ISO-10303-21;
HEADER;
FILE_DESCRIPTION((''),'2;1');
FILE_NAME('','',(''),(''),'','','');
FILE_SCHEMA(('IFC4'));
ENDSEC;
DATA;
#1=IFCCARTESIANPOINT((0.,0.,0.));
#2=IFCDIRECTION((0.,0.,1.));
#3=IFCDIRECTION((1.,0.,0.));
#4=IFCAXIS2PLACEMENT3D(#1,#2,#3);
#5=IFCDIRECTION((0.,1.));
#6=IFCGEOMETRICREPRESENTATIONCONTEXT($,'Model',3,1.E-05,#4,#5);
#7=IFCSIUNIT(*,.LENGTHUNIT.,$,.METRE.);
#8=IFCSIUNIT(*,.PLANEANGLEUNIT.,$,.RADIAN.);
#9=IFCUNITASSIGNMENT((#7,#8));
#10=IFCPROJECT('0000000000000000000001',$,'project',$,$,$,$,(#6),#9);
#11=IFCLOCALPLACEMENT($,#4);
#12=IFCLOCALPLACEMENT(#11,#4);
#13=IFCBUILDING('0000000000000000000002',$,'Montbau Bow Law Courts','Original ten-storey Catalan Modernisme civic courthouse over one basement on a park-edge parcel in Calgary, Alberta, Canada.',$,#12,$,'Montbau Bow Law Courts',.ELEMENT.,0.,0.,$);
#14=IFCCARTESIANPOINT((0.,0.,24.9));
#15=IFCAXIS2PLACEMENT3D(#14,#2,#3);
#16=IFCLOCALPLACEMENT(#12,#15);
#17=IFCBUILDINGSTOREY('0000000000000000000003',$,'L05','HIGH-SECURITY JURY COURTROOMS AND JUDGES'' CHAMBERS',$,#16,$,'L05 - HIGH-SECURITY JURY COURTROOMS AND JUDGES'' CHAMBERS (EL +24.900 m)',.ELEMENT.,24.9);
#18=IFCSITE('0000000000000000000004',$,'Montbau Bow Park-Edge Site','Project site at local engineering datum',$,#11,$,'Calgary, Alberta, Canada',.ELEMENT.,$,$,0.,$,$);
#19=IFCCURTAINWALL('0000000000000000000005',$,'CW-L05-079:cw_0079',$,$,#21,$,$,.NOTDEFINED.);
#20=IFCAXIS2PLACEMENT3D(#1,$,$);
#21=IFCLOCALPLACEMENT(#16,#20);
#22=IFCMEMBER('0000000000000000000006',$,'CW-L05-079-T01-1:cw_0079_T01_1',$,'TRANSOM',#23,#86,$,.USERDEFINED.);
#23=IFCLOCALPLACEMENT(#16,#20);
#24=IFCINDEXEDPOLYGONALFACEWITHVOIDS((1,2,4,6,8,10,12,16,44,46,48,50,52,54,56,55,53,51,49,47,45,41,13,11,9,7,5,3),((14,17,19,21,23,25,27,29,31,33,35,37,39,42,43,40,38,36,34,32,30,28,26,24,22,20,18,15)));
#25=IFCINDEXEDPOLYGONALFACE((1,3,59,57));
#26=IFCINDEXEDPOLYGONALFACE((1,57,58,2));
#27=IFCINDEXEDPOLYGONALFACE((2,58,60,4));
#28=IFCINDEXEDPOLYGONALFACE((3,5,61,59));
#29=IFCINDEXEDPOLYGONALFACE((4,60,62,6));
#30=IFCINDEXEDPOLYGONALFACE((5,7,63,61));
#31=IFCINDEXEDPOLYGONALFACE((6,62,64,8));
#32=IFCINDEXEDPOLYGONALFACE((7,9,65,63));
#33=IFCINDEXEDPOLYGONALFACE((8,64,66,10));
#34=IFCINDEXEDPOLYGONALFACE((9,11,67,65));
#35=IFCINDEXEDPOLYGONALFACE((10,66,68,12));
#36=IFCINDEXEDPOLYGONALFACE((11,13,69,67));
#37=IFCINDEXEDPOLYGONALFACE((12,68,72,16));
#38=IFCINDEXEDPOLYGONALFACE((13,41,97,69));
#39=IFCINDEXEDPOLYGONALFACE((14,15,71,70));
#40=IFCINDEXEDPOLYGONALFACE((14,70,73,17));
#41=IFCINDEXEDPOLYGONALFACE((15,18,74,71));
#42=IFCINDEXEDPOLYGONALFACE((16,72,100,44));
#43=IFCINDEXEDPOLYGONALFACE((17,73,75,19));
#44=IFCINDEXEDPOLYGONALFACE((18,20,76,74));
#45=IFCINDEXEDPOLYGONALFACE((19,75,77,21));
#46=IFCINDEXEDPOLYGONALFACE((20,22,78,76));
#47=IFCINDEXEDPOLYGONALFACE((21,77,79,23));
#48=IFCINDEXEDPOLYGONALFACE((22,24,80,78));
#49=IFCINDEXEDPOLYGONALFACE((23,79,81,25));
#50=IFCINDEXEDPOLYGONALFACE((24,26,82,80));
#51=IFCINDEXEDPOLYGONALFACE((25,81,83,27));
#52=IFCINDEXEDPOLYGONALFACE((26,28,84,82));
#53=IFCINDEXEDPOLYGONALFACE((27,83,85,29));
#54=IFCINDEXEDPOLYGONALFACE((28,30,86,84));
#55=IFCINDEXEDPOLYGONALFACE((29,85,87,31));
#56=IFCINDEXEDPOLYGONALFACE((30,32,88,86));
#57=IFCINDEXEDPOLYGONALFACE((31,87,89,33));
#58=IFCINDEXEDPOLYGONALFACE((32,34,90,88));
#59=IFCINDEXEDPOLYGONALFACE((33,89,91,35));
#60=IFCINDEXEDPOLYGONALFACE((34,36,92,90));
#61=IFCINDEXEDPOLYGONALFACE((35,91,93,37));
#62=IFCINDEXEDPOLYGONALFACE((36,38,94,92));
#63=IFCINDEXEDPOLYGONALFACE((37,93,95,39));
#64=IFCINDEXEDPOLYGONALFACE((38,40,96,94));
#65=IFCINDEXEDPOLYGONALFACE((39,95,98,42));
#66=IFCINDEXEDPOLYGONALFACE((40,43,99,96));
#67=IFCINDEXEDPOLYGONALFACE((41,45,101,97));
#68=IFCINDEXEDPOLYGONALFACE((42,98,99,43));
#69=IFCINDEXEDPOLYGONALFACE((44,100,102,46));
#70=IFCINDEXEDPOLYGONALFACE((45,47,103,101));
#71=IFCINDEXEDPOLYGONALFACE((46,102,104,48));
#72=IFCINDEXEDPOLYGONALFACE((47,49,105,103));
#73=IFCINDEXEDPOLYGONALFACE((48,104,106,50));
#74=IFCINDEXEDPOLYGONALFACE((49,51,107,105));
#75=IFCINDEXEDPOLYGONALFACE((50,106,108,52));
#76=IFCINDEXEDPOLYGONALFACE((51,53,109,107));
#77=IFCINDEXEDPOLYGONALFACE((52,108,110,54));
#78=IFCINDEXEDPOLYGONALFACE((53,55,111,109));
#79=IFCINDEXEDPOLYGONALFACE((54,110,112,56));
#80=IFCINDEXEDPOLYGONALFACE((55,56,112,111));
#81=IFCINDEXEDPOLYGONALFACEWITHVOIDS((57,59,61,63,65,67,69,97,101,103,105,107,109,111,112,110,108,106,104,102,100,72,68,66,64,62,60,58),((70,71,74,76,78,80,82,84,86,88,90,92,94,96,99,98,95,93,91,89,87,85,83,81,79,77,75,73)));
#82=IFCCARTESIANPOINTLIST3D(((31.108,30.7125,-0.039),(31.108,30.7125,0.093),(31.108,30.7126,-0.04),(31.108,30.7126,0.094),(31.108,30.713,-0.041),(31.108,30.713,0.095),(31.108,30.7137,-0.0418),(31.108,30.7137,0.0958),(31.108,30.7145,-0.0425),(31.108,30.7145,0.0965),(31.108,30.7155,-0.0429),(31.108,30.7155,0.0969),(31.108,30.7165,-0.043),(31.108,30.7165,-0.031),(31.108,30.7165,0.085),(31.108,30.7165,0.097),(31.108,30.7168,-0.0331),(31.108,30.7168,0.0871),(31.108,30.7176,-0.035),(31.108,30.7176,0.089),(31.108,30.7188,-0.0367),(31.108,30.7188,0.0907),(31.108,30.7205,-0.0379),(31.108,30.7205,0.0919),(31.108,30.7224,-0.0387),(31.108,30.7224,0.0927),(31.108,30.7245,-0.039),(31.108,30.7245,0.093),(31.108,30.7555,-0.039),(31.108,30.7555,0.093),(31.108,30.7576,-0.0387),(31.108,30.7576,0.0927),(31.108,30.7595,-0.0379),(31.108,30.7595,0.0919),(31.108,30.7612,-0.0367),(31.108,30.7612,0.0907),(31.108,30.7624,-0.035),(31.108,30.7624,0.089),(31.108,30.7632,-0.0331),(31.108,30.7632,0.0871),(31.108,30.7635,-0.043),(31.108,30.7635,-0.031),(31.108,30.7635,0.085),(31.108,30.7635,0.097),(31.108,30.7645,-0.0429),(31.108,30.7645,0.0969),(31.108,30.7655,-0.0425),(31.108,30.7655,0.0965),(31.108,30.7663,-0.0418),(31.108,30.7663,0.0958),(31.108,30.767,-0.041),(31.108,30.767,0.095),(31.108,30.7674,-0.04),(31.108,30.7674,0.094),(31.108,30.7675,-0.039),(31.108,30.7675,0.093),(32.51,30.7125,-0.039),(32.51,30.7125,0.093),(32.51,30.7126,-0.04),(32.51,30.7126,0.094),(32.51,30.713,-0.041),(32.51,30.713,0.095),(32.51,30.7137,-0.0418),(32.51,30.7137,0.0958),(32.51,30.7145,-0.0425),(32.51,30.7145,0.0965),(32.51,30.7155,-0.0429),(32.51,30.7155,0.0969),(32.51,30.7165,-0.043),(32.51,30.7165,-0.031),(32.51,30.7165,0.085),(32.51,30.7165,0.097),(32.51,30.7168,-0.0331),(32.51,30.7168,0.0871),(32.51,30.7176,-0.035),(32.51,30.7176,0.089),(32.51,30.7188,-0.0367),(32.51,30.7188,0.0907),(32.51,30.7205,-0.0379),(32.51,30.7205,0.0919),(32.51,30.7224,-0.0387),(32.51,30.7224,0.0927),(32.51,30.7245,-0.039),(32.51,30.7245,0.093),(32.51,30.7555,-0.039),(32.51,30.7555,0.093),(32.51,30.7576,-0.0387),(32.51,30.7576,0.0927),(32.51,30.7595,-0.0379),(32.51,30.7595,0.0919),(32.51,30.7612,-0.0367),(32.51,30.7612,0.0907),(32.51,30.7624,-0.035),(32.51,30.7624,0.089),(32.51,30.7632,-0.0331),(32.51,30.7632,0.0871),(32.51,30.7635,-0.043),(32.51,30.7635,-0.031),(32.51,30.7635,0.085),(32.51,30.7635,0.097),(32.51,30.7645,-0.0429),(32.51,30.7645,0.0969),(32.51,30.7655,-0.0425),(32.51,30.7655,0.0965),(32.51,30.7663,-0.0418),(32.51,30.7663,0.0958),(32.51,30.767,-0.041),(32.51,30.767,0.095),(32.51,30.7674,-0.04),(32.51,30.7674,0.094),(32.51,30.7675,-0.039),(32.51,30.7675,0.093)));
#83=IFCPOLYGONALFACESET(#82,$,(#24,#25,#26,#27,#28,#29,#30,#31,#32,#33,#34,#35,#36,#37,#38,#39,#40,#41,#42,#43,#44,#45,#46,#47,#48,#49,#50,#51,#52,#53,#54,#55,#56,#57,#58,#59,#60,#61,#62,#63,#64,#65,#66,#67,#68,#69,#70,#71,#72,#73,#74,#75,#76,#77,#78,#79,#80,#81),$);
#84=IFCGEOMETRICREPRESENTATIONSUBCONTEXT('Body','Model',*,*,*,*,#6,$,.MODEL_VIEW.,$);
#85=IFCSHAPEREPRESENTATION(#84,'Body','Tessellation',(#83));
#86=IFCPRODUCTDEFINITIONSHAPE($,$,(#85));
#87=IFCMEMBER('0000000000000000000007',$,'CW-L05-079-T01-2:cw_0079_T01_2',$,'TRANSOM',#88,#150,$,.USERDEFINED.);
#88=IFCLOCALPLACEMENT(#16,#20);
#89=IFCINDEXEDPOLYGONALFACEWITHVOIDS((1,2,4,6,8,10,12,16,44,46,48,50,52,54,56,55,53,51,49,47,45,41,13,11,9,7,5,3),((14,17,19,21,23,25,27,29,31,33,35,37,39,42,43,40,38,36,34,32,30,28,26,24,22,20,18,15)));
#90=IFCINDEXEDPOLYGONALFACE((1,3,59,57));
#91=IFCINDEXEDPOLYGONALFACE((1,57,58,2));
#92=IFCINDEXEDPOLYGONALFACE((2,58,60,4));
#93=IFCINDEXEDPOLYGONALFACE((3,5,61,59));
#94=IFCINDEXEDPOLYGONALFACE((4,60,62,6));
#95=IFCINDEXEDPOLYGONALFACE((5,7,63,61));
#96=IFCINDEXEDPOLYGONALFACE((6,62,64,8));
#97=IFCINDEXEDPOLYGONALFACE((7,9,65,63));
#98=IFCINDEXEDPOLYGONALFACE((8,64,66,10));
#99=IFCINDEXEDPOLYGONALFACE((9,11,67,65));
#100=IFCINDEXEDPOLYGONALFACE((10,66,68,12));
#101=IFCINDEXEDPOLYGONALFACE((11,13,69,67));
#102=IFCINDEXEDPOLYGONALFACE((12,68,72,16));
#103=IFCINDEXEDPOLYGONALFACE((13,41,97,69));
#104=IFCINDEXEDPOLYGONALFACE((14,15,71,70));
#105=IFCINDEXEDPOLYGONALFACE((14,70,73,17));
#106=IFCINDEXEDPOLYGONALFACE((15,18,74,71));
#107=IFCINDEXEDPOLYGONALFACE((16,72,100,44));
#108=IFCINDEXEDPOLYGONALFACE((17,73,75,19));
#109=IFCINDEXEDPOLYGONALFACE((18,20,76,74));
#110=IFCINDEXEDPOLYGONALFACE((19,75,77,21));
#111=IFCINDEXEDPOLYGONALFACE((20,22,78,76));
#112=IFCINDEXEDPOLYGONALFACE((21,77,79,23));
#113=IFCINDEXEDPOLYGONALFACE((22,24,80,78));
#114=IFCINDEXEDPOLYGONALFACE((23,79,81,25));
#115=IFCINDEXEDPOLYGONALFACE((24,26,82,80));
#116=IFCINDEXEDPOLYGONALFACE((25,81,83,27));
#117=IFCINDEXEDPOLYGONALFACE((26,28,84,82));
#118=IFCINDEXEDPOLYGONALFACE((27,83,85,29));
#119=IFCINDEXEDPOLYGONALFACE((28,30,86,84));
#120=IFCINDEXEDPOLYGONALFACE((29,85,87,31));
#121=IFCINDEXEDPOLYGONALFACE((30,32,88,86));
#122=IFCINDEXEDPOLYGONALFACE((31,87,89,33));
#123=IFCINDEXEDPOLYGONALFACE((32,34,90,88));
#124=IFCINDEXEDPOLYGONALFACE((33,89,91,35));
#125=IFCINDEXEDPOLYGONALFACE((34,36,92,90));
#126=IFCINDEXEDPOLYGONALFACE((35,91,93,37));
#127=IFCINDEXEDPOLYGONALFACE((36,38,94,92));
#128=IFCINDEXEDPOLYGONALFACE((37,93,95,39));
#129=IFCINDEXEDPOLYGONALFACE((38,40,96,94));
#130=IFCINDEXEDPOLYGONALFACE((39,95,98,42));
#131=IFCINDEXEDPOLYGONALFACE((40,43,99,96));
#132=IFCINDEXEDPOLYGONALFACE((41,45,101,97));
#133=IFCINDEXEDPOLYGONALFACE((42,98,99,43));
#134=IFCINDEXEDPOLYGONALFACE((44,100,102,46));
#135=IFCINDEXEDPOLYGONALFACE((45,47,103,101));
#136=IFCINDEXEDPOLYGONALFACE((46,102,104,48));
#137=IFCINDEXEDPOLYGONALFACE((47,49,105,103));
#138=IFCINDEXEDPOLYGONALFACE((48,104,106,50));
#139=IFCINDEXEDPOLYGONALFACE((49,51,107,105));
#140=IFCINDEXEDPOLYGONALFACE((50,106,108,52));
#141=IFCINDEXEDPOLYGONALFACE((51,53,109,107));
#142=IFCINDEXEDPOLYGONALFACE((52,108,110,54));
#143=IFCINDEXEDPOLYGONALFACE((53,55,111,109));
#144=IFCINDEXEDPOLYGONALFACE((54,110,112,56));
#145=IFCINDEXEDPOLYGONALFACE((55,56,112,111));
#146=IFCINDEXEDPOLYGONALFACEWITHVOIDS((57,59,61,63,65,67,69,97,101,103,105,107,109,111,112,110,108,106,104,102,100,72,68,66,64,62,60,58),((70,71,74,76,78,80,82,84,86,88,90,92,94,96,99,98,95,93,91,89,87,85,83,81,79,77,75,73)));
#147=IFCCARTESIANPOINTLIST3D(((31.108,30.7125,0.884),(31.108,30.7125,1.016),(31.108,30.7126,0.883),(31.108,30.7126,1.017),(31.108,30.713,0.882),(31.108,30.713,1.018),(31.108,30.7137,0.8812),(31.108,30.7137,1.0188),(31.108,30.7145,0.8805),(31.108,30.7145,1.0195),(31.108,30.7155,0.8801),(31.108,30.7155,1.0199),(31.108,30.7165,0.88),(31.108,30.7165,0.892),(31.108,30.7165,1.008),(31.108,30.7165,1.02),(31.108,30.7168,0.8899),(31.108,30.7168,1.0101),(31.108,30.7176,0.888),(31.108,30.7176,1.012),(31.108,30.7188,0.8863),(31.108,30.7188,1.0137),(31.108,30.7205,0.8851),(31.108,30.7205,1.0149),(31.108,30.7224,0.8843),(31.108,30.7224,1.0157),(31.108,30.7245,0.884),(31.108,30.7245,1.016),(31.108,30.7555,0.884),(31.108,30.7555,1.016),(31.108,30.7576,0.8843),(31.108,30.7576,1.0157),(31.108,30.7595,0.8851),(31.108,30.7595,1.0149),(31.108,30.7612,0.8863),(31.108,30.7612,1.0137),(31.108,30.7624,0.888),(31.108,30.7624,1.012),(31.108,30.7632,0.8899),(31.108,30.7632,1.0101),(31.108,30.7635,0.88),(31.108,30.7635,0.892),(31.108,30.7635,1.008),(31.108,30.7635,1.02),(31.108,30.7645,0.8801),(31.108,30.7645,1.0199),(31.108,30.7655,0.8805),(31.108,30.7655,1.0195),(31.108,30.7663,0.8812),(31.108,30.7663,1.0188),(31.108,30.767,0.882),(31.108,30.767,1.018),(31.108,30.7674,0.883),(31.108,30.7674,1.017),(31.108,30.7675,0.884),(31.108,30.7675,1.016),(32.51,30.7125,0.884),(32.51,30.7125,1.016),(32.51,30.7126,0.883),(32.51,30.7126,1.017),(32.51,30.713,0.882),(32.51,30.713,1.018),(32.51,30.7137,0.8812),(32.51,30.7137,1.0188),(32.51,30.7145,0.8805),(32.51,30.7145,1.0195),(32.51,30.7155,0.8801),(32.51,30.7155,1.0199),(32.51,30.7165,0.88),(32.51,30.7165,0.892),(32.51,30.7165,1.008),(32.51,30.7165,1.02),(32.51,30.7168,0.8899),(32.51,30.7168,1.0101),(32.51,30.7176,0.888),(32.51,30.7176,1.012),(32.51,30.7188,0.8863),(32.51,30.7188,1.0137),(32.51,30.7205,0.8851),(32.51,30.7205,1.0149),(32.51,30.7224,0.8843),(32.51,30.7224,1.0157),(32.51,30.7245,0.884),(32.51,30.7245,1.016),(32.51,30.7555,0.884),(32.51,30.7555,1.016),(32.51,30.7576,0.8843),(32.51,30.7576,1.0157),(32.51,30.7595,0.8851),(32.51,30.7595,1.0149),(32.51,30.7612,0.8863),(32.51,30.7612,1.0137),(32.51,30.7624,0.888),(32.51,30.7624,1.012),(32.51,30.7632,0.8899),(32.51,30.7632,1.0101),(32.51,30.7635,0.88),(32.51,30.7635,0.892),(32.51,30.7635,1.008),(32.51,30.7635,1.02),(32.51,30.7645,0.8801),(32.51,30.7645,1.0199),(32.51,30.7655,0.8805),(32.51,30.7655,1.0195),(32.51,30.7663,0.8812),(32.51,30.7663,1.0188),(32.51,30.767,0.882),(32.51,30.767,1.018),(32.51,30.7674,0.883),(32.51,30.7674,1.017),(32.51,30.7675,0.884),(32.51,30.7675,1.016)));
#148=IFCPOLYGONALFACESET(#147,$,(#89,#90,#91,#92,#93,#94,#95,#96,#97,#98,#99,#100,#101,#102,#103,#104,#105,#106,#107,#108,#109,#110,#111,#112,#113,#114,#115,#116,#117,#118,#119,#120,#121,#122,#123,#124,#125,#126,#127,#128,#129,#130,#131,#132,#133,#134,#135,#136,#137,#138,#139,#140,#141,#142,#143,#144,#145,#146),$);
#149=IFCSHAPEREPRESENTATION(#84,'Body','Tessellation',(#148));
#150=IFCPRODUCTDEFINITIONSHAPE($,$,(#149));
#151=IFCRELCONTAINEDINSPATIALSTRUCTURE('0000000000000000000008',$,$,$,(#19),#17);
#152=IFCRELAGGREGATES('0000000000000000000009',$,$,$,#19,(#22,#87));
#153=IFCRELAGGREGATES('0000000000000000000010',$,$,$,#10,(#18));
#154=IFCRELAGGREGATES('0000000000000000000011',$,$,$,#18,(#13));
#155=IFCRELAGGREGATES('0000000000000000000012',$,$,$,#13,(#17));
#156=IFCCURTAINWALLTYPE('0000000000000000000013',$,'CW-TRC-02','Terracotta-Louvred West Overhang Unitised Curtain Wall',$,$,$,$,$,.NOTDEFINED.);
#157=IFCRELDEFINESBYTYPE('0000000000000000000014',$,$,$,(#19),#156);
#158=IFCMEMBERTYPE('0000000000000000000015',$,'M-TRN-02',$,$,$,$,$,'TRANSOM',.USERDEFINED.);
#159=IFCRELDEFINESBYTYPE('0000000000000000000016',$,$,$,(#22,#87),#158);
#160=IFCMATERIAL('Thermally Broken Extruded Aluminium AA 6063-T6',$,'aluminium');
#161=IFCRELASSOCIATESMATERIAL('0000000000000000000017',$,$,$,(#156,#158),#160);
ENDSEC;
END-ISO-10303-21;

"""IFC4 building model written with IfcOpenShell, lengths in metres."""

from ifc_helpers import new_model, si_unit, direction, frame, origin_with_axes, origin_2d_with_axis, place, context, subcontext, project, spatial, hollow_rectangle, extrude, material, material_profile, profile_set, type_object, element, aggregate, save


model = new_model("IFC4")

# Units and contexts
model_context = context("Model", 3, precision=1e-05, world=origin_with_axes(), true_north=direction((0.0, 1.0)))
body_context = subcontext(model_context, "Body", "Model", "MODEL_VIEW")
ifc_project = project(units=[si_unit("LENGTHUNIT", "METRE"), si_unit("PLANEANGLEUNIT", "RADIAN")], contexts=[model_context])

# Site, building, storey
site_placement = place(None, origin_with_axes())
site = spatial("IfcSite", under=ifc_project, at=site_placement, Name="Montbau Bow Park-Edge Site", Description="Project site at local engineering datum", LongName="Calgary, Alberta, Canada", CompositionType="ELEMENT", RefElevation=0.0)
building_placement = place(site_placement, origin_with_axes())
building = spatial("IfcBuilding", under=site, at=building_placement, Name="Montbau Bow Law Courts", Description="Original ten-storey Catalan Modernisme civic courthouse over one basement on a park-edge parcel in Calgary, Alberta, Canada.", LongName="Montbau Bow Law Courts", CompositionType="ELEMENT", ElevationOfRefHeight=0.0, ElevationOfTerrain=0.0)
storey_placement = place(building_placement, frame((0.0, 0.0, 24.9), z_axis=(0.0, 0.0, 1.0), x_axis=(1.0, 0.0, 0.0)))
storey = spatial("IfcBuildingStorey", under=building, at=storey_placement, Name="L05", Description="HIGH-SECURITY JURY COURTROOMS AND JUDGES' CHAMBERS", LongName="L05 - HIGH-SECURITY JURY COURTROOMS AND JUDGES' CHAMBERS (EL +24.900 m)", CompositionType="ELEMENT", Elevation=24.9)

# Shared definitions
ifc_material_1 = material(Name="Thermally Broken Extruded Aluminium AA 6063-T6", Category="aluminium")
curtain_wall_type = type_object("IfcCurtainWallType", Name="CW-TRC-02", Description="Terracotta-Louvred West Overhang Unitised Curtain Wall", PredefinedType="NOTDEFINED", material=ifc_material_1)

# Curtain wall
curtain_wall_1_placement = place(None, frame((31.04, 30.74, 24.9), z_axis=(0.0, 0.0, 1.0), x_axis=(1.0, 0.0, 0.0)))
curtain_wall_1 = element("IfcCurtainWall", 1, at=curtain_wall_1_placement, inside=storey, type_object=curtain_wall_type, Name="CW-L05-079:cw_0079", PredefinedType="NOTDEFINED")

# Members
ifc_material_profile_1 = material_profile(ifc_material_1, hollow_rectangle(XDim=0.055, YDim=0.14, WallThickness=0.004, InnerFilletRadius=0.008, OuterFilletRadius=0.004, at=origin_2d_with_axis()), Name="CWT-140X55", Category="Main", Priority=0)
ifc_profile_set_1 = profile_set([ifc_material_profile_1], Name="Thermally Broken Extruded Aluminium AA 6063-T6")
member_type_1 = type_object("IfcMemberType", Name="M-TRN-02", ElementType="TRANSOM", PredefinedType="USERDEFINED", material=ifc_profile_set_1)
member_1_placement = place(None, frame((31.108, 30.74, 24.927), z_axis=(1.0, 0.0, 0.0), x_axis=(0.0, 1.0, 0.0)))
member_1 = element("IfcMember", 2, at=member_1_placement, type_object=member_type_1, Name="CW-L05-079-T01-1:cw_0079_T01_1", ObjectType="TRANSOM", PredefinedType="USERDEFINED", context=body_context, shape_type="SweptSolid", body=[
    extrude(hollow_rectangle(XDim=0.055, YDim=0.14, WallThickness=0.004, InnerFilletRadius=0.008, OuterFilletRadius=0.004, at=origin_2d_with_axis()), origin_with_axes(), (0.0, 0.0, 1.0), 1.402),
])
member_2_placement = place(None, frame((31.108, 30.74, 25.85), z_axis=(1.0, 0.0, 0.0), x_axis=(0.0, 1.0, 0.0)))
member_2 = element("IfcMember", 3, at=member_2_placement, type_object=member_type_1, Name="CW-L05-079-T01-2:cw_0079_T01_2", ObjectType="TRANSOM", PredefinedType="USERDEFINED", context=body_context, shape_type="SweptSolid", body=[
    extrude(hollow_rectangle(XDim=0.055, YDim=0.14, WallThickness=0.004, InnerFilletRadius=0.008, OuterFilletRadius=0.004, at=origin_2d_with_axis()), origin_with_axes(), (0.0, 0.0, 1.0), 1.402),
])

aggregate(curtain_wall_1, [member_1, member_2])

save(model, "model.ifc")
